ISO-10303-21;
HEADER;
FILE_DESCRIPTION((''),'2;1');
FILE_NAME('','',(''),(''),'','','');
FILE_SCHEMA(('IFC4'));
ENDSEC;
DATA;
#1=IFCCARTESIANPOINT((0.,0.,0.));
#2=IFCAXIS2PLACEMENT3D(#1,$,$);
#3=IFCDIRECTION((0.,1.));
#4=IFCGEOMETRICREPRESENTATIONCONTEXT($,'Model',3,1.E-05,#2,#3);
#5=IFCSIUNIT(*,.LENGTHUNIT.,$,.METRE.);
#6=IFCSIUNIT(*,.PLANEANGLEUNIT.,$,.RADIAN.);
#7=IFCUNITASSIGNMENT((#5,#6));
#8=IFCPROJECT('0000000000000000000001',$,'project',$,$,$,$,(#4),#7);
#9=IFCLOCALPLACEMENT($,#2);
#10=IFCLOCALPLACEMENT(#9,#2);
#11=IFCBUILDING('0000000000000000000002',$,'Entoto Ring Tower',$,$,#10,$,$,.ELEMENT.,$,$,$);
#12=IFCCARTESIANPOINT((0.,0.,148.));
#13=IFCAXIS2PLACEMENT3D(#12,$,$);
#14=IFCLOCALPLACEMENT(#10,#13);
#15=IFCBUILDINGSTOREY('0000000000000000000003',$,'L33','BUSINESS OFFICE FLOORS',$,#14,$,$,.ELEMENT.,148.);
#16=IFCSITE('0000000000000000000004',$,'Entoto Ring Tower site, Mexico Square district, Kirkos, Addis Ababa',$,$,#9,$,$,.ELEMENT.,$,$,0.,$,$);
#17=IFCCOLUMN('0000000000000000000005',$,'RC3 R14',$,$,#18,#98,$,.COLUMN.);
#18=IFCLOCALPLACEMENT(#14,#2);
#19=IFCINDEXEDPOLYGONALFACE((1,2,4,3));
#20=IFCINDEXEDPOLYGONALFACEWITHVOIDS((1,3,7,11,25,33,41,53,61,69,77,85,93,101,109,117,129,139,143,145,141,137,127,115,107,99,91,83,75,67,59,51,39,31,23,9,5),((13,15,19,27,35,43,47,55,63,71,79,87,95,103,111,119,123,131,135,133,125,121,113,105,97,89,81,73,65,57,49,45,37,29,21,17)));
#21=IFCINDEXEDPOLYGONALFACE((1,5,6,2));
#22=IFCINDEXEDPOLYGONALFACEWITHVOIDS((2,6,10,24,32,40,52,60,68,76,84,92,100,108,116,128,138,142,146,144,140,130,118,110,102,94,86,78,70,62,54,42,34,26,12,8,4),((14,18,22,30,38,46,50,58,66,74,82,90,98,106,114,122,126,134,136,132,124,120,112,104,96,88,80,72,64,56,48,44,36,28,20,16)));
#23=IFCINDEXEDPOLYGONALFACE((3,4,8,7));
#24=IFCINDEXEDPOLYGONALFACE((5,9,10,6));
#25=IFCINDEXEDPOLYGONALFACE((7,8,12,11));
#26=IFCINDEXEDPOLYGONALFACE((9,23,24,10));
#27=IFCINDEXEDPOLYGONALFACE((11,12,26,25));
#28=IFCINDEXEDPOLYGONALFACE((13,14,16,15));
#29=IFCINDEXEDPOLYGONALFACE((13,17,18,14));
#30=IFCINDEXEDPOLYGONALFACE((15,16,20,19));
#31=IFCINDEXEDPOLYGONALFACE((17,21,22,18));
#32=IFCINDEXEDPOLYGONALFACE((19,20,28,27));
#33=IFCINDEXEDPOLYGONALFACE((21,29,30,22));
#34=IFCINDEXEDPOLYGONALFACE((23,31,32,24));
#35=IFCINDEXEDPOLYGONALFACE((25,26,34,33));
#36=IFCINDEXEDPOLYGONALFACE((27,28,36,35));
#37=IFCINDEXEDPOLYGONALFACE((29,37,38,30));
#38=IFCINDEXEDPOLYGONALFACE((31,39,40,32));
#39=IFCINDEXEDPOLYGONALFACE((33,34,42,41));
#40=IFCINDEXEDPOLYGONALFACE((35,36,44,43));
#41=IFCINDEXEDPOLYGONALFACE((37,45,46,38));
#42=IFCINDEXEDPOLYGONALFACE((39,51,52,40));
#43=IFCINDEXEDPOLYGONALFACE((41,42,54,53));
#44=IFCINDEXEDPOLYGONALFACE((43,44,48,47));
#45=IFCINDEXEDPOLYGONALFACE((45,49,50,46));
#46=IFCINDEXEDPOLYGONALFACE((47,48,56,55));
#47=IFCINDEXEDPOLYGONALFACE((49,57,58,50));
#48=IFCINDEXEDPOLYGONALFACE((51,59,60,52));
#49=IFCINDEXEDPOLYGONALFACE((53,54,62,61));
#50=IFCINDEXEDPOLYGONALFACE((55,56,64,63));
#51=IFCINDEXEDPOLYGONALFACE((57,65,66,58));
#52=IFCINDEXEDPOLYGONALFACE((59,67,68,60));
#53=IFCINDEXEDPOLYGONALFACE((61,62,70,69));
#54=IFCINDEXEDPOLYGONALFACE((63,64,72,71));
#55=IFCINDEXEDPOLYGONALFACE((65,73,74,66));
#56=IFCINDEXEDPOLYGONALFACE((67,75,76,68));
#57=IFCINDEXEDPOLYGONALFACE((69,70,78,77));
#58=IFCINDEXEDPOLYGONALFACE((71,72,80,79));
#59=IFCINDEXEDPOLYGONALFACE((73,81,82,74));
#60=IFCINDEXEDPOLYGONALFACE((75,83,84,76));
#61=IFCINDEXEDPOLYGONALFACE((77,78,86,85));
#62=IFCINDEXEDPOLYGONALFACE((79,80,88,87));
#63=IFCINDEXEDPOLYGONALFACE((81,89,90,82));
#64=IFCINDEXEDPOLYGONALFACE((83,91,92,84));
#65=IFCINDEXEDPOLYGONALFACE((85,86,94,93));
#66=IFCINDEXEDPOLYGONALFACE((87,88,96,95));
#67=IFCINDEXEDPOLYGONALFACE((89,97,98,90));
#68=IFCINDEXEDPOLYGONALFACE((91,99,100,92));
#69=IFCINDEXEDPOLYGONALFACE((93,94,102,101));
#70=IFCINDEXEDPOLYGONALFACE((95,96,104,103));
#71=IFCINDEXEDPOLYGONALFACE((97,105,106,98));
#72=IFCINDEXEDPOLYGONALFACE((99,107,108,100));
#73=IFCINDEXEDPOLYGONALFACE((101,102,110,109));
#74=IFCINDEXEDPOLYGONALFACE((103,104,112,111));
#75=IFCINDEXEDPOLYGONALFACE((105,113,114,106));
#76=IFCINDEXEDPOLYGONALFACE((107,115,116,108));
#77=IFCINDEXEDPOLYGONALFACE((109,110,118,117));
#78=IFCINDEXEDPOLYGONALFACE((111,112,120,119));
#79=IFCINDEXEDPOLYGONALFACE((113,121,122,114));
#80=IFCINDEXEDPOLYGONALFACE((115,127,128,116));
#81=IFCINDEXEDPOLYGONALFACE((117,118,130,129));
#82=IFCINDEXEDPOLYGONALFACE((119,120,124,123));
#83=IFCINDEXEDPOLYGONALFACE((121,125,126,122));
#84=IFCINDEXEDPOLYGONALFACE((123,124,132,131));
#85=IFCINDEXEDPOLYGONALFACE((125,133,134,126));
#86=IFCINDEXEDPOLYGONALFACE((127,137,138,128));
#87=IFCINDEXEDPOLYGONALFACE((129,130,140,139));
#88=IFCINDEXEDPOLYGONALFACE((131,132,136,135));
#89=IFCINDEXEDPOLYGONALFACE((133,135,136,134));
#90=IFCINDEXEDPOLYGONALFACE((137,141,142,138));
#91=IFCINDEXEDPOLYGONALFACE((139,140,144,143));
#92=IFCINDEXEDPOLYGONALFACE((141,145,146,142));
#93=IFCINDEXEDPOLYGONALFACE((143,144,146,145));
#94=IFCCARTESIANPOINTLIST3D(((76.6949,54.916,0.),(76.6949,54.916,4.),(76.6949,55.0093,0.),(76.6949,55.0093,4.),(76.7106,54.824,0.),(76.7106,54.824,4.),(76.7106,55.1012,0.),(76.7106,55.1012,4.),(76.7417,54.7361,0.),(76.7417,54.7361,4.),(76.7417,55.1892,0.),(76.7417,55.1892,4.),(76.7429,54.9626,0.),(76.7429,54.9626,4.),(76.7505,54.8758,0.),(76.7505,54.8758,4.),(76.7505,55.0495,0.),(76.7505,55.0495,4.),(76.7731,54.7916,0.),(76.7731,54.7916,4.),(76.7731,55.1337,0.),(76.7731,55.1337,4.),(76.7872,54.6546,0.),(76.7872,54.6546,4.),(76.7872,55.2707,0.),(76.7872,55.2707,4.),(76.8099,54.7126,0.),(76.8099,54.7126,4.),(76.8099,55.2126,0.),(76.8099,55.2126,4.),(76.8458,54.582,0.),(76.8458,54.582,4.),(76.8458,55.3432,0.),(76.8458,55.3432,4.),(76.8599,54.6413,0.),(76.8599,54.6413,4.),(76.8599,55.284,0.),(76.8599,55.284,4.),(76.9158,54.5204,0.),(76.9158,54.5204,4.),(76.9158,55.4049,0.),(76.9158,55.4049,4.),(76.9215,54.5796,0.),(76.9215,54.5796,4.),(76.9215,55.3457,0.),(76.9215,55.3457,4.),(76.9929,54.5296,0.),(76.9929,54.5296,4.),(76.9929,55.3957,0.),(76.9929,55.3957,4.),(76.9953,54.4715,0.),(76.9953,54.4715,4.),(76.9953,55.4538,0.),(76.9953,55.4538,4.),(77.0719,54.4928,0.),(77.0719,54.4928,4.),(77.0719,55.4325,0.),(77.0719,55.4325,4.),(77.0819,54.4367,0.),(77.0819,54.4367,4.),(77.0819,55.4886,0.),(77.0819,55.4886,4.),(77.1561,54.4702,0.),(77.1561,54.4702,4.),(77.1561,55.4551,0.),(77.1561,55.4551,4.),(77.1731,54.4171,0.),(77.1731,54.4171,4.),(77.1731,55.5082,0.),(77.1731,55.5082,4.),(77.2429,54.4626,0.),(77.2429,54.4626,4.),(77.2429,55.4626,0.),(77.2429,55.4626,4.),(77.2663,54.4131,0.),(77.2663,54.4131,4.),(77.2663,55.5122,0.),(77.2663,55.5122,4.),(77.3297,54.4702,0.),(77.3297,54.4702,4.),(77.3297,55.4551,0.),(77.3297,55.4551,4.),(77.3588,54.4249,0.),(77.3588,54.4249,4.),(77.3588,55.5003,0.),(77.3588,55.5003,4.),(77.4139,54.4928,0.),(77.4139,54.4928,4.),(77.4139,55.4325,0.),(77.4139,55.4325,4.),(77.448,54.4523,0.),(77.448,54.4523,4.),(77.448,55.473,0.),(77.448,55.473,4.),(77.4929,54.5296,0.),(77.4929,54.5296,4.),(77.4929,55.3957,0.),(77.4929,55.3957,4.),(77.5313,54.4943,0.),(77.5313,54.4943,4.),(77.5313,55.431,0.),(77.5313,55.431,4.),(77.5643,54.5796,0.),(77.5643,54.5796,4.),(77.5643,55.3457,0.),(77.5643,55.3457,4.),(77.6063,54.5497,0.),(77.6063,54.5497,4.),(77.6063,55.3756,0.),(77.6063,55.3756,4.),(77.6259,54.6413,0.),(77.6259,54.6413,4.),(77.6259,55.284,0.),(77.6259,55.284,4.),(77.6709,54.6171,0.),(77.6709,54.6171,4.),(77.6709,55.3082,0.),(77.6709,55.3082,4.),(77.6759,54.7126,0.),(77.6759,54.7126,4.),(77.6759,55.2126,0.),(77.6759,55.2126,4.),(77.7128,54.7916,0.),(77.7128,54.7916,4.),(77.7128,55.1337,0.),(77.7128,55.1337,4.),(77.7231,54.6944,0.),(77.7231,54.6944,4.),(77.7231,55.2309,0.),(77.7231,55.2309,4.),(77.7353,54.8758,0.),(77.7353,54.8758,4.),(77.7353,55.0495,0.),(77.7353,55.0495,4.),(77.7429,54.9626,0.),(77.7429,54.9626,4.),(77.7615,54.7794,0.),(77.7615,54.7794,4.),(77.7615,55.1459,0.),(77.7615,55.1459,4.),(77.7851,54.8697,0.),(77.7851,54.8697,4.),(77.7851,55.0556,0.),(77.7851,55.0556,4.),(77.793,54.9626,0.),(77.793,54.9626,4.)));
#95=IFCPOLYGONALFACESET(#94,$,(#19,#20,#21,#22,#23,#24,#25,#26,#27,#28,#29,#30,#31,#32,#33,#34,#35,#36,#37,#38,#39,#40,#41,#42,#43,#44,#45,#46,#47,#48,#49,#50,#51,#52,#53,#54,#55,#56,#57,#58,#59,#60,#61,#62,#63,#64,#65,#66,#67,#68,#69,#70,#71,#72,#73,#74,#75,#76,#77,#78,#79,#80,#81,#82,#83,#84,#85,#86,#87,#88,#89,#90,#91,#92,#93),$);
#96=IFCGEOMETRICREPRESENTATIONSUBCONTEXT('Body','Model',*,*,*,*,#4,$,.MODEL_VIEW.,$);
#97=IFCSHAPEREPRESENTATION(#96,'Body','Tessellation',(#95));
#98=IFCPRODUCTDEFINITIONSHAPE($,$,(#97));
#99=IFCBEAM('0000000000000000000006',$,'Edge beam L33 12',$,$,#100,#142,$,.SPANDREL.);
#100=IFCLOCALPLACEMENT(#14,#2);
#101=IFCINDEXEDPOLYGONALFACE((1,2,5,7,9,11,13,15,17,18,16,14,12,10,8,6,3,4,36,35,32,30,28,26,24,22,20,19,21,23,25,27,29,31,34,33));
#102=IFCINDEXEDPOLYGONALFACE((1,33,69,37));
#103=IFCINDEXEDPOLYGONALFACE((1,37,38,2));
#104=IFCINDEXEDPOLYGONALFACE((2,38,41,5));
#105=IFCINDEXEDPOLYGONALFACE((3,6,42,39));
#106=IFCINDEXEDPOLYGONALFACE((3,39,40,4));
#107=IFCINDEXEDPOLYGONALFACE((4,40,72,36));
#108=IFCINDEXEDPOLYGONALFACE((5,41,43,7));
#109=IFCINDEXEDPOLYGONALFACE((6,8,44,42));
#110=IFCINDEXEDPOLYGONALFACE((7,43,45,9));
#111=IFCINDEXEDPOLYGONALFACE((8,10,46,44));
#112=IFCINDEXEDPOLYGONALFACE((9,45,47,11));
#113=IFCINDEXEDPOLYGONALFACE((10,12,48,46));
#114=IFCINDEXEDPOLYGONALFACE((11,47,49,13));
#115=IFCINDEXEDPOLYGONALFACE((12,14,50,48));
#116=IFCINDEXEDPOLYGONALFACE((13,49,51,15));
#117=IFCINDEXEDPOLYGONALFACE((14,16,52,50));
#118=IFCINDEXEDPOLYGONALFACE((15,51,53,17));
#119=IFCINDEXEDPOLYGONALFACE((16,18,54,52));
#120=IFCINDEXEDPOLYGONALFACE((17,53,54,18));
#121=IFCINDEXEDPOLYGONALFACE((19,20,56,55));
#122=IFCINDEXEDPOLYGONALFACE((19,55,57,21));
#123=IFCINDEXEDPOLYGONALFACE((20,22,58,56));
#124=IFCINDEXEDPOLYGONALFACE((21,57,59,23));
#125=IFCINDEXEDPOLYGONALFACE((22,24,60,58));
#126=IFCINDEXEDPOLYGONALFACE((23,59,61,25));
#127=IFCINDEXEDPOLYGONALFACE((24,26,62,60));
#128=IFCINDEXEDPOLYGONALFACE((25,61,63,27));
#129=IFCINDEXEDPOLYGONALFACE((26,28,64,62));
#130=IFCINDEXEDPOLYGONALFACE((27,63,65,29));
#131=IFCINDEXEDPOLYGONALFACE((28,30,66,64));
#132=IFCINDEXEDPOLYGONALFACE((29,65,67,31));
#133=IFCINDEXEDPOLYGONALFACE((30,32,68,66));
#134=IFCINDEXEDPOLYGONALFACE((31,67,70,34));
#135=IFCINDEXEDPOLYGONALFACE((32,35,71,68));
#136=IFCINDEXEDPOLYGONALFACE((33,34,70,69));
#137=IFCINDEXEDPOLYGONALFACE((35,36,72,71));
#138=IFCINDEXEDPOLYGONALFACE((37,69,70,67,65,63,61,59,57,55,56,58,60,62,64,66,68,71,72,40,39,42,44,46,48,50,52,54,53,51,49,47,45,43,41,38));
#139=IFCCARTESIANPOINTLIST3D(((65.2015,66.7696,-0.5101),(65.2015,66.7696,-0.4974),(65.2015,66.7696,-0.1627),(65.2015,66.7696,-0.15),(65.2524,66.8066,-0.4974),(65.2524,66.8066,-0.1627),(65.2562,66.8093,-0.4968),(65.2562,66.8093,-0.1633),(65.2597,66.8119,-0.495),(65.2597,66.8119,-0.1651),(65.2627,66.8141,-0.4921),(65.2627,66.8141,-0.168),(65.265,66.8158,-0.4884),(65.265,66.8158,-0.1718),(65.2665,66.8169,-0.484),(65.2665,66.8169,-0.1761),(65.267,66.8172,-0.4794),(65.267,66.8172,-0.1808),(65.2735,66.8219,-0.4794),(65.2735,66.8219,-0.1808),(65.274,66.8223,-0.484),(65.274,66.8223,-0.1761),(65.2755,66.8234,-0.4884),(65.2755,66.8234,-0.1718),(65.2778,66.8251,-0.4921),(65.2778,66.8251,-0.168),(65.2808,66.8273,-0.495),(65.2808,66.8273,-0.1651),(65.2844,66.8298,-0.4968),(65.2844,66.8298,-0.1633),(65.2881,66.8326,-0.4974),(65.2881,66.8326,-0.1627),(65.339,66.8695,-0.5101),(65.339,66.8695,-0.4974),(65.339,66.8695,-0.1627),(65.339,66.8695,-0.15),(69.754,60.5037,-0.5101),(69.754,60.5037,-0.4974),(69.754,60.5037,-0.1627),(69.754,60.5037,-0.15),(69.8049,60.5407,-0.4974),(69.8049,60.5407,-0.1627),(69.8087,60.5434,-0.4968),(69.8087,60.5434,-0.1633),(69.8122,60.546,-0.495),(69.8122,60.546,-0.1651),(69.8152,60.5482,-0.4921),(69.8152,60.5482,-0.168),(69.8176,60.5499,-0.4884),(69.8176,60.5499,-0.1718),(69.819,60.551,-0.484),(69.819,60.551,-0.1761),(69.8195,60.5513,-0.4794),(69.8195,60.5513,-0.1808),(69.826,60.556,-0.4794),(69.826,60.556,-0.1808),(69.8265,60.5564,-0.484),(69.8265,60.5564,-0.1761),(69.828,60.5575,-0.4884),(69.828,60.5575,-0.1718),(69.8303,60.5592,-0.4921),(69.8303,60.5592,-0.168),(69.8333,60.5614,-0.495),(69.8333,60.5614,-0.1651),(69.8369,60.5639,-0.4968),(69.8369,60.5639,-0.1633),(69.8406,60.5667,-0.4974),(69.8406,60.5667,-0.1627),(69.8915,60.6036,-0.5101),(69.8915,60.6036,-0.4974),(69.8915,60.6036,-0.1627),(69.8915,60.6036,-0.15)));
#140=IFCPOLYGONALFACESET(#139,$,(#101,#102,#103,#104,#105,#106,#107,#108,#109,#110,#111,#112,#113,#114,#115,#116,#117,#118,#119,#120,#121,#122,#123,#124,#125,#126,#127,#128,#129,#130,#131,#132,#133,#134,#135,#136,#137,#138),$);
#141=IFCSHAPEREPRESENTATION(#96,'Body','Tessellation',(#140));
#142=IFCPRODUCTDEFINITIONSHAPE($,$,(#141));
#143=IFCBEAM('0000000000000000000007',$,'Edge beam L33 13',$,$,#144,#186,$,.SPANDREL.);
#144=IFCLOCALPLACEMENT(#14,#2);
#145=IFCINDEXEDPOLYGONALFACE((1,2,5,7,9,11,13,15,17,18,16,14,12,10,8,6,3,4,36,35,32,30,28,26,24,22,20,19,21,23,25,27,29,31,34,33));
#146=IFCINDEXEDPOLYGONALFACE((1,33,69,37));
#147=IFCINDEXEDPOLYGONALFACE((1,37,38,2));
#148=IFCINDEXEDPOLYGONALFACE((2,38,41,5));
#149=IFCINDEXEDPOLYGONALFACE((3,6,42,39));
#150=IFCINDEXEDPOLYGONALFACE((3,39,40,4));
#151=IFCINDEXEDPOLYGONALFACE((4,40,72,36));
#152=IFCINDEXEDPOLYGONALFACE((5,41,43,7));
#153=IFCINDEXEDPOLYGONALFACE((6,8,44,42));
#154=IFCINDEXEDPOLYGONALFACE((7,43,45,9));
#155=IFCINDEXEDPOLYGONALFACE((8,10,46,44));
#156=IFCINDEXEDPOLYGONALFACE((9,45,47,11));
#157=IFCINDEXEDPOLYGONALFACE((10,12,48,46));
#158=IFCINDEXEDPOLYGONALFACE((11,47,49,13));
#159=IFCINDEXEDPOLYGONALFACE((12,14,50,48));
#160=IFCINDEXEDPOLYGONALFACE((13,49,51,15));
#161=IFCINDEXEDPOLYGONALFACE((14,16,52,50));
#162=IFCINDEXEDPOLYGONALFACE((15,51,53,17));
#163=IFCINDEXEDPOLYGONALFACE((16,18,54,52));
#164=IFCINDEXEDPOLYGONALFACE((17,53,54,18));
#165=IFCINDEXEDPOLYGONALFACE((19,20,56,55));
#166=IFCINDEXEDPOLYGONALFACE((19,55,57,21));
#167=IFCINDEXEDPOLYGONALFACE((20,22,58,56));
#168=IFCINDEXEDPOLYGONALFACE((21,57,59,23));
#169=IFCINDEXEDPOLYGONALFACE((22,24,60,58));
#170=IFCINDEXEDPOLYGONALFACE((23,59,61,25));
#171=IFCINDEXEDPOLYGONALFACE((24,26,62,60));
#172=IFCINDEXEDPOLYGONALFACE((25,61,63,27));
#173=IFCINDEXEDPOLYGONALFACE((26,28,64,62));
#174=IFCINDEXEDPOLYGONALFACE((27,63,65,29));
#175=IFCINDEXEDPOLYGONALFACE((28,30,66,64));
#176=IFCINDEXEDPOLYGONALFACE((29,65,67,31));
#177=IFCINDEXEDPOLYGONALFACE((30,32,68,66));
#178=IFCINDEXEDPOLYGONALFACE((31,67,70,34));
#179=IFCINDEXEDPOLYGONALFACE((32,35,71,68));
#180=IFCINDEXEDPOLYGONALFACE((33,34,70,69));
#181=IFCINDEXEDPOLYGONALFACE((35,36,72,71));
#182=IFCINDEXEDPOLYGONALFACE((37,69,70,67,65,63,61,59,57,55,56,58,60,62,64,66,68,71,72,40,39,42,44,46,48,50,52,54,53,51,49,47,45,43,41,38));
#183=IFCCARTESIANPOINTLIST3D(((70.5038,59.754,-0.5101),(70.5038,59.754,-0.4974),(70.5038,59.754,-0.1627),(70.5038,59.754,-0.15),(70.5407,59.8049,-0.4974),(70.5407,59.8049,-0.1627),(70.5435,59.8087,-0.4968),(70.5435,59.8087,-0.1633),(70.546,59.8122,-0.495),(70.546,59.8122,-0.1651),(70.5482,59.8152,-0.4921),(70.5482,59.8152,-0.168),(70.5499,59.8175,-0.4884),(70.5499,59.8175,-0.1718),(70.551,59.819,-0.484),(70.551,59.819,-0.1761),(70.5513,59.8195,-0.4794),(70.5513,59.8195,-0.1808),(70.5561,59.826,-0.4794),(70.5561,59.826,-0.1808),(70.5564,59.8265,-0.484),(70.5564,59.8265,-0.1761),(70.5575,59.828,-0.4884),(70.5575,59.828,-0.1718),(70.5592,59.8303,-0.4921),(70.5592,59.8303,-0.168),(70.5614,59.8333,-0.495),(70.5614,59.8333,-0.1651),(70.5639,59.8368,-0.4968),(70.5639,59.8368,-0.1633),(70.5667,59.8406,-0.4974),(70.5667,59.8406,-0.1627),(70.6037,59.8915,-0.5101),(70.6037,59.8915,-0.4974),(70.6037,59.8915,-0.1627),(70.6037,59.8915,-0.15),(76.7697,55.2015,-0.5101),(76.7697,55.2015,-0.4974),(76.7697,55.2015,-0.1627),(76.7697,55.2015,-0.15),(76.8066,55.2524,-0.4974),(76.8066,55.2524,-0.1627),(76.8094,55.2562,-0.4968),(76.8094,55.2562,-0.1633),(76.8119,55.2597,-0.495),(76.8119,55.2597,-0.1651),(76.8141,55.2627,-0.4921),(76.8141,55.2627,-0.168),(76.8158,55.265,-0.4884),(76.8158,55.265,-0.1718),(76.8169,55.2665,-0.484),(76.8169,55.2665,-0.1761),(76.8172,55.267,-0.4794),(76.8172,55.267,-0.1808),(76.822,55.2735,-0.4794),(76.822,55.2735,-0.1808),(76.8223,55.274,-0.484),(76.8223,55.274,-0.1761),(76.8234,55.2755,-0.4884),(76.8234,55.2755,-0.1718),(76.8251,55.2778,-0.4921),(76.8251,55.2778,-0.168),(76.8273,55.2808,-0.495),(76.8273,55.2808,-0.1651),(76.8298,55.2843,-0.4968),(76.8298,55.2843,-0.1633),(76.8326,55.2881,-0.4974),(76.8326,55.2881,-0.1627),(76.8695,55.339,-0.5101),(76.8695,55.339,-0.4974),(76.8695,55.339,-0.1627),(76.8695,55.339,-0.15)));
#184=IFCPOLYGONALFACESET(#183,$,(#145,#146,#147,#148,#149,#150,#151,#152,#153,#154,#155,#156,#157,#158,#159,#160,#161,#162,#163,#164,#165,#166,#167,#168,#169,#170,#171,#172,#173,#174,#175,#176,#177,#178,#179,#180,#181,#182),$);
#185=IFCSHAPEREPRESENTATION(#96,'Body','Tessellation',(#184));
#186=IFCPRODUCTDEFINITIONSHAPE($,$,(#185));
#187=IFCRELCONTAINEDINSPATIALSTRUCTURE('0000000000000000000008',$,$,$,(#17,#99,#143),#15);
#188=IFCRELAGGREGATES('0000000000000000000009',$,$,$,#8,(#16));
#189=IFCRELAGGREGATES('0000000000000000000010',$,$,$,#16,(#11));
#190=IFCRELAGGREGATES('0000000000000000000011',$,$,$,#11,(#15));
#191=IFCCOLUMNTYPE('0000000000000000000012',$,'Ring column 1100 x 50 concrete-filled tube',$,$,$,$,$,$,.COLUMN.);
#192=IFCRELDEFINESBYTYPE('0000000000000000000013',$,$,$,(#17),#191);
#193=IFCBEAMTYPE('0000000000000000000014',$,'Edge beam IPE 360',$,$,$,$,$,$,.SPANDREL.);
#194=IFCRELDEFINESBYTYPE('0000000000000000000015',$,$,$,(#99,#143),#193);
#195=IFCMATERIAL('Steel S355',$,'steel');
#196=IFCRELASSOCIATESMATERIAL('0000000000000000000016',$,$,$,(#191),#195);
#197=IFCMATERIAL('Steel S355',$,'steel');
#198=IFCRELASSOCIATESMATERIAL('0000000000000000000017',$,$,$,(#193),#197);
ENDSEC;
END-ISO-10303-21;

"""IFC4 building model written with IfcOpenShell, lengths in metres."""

from ifc_helpers import new_model, si_unit, direction, frame, origin, origin_2d, place, context, subcontext, project, spatial, circle, hollow_circle, i_section, extrude, material, material_profile, profile_set, type_object, element, save


model = new_model("IFC4")

# Units and contexts
model_context = context("Model", 3, precision=1e-05, world=origin(), true_north=direction((0.0, 1.0)))
body_context = subcontext(model_context, "Body", "Model", "MODEL_VIEW")
ifc_project = project(units=[si_unit("LENGTHUNIT", "METRE"), si_unit("PLANEANGLEUNIT", "RADIAN")], contexts=[model_context])

# Site, building, storey
site_placement = place(None, origin())
site = spatial("IfcSite", under=ifc_project, at=site_placement, Name="Entoto Ring Tower site, Mexico Square district, Kirkos, Addis Ababa", CompositionType="ELEMENT", RefElevation=0.0)
building_placement = place(site_placement, origin())
building = spatial("IfcBuilding", under=site, at=building_placement, Name="Entoto Ring Tower", CompositionType="ELEMENT")
storey_placement = place(building_placement, frame((0.0, 0.0, 148.0)))
storey = spatial("IfcBuildingStorey", under=building, at=storey_placement, Name="L33", Description="BUSINESS OFFICE FLOORS", CompositionType="ELEMENT", Elevation=148.0)

# Column
ifc_material_1 = material(Name="Steel S355", Category="steel")
ifc_material_profile_1 = material_profile(ifc_material_1, hollow_circle(Radius=0.55, WallThickness=0.05, at=origin_2d()), Name="CHS 1100 x 50")
ifc_material_2 = material(Name="Concrete C60/75", Category="concrete")
ifc_material_profile_2 = material_profile(ifc_material_2, circle(Radius=0.5, at=origin_2d()), Name="Concrete C60/75 infill")
ifc_profile_set_1 = profile_set([ifc_material_profile_1, ifc_material_profile_2], Name="Steel S355")
column_type = type_object("IfcColumnType", Name="Ring column 1100 x 50 concrete-filled tube", PredefinedType="COLUMN", material=ifc_profile_set_1)
for number, where, z_axis, x_axis, name in (
    (1, (77.2429, 54.9626, 0.0), (0.0, 0.0, 1.0), (1.0, 0.0, 0.0), "RC3 R14"),
):
    element("IfcColumn", number, at=place(storey_placement, frame(where, z_axis=z_axis, x_axis=x_axis)), inside=storey, type_object=column_type, Name=name, PredefinedType="COLUMN", context=body_context, shape_type="SweptSolid", body=[
        extrude(hollow_circle(Radius=0.55, WallThickness=0.05, at=origin_2d()), origin(), (0.0, 0.0, 1.0), 4.0),
    ])

# Beams
ifc_material_3 = material(Name="Steel S355", Category="steel")
ifc_material_profile_3 = material_profile(ifc_material_3, i_section(OverallWidth=0.1699, OverallDepth=0.3601, WebThickness=0.0081, FlangeThickness=0.0127, FilletRadius=0.0181, at=origin_2d()), Name="IPE 360")
ifc_profile_set_2 = profile_set([ifc_material_profile_3], Name="Steel S355")
beam_type_1 = type_object("IfcBeamType", Name="Edge beam IPE 360", PredefinedType="SPANDREL", material=ifc_profile_set_2)
for number, where, z_axis, x_axis, name in (
    (2, (65.2703, 66.8196, -0.3301), (0.587791, -0.809013, 0.0), (0.809013, 0.587791, 0.0), "Edge beam L33 12"),
    (3, (70.5537, 59.8228, -0.3301), (0.809013, -0.587791, 0.0), (0.587791, 0.809013, 0.0), "Edge beam L33 13"),
):
    element("IfcBeam", number, at=place(storey_placement, frame(where, z_axis=z_axis, x_axis=x_axis)), inside=storey, type_object=beam_type_1, Name=name, PredefinedType="SPANDREL", context=body_context, shape_type="SweptSolid", body=[
        extrude(i_section(OverallWidth=0.1699, OverallDepth=0.3601, WebThickness=0.0081, FlangeThickness=0.0127, FilletRadius=0.0181, at=origin_2d()), origin(), (0.0, 0.0, 1.0), 7.7451),
    ])

save(model, "model.ifc")
